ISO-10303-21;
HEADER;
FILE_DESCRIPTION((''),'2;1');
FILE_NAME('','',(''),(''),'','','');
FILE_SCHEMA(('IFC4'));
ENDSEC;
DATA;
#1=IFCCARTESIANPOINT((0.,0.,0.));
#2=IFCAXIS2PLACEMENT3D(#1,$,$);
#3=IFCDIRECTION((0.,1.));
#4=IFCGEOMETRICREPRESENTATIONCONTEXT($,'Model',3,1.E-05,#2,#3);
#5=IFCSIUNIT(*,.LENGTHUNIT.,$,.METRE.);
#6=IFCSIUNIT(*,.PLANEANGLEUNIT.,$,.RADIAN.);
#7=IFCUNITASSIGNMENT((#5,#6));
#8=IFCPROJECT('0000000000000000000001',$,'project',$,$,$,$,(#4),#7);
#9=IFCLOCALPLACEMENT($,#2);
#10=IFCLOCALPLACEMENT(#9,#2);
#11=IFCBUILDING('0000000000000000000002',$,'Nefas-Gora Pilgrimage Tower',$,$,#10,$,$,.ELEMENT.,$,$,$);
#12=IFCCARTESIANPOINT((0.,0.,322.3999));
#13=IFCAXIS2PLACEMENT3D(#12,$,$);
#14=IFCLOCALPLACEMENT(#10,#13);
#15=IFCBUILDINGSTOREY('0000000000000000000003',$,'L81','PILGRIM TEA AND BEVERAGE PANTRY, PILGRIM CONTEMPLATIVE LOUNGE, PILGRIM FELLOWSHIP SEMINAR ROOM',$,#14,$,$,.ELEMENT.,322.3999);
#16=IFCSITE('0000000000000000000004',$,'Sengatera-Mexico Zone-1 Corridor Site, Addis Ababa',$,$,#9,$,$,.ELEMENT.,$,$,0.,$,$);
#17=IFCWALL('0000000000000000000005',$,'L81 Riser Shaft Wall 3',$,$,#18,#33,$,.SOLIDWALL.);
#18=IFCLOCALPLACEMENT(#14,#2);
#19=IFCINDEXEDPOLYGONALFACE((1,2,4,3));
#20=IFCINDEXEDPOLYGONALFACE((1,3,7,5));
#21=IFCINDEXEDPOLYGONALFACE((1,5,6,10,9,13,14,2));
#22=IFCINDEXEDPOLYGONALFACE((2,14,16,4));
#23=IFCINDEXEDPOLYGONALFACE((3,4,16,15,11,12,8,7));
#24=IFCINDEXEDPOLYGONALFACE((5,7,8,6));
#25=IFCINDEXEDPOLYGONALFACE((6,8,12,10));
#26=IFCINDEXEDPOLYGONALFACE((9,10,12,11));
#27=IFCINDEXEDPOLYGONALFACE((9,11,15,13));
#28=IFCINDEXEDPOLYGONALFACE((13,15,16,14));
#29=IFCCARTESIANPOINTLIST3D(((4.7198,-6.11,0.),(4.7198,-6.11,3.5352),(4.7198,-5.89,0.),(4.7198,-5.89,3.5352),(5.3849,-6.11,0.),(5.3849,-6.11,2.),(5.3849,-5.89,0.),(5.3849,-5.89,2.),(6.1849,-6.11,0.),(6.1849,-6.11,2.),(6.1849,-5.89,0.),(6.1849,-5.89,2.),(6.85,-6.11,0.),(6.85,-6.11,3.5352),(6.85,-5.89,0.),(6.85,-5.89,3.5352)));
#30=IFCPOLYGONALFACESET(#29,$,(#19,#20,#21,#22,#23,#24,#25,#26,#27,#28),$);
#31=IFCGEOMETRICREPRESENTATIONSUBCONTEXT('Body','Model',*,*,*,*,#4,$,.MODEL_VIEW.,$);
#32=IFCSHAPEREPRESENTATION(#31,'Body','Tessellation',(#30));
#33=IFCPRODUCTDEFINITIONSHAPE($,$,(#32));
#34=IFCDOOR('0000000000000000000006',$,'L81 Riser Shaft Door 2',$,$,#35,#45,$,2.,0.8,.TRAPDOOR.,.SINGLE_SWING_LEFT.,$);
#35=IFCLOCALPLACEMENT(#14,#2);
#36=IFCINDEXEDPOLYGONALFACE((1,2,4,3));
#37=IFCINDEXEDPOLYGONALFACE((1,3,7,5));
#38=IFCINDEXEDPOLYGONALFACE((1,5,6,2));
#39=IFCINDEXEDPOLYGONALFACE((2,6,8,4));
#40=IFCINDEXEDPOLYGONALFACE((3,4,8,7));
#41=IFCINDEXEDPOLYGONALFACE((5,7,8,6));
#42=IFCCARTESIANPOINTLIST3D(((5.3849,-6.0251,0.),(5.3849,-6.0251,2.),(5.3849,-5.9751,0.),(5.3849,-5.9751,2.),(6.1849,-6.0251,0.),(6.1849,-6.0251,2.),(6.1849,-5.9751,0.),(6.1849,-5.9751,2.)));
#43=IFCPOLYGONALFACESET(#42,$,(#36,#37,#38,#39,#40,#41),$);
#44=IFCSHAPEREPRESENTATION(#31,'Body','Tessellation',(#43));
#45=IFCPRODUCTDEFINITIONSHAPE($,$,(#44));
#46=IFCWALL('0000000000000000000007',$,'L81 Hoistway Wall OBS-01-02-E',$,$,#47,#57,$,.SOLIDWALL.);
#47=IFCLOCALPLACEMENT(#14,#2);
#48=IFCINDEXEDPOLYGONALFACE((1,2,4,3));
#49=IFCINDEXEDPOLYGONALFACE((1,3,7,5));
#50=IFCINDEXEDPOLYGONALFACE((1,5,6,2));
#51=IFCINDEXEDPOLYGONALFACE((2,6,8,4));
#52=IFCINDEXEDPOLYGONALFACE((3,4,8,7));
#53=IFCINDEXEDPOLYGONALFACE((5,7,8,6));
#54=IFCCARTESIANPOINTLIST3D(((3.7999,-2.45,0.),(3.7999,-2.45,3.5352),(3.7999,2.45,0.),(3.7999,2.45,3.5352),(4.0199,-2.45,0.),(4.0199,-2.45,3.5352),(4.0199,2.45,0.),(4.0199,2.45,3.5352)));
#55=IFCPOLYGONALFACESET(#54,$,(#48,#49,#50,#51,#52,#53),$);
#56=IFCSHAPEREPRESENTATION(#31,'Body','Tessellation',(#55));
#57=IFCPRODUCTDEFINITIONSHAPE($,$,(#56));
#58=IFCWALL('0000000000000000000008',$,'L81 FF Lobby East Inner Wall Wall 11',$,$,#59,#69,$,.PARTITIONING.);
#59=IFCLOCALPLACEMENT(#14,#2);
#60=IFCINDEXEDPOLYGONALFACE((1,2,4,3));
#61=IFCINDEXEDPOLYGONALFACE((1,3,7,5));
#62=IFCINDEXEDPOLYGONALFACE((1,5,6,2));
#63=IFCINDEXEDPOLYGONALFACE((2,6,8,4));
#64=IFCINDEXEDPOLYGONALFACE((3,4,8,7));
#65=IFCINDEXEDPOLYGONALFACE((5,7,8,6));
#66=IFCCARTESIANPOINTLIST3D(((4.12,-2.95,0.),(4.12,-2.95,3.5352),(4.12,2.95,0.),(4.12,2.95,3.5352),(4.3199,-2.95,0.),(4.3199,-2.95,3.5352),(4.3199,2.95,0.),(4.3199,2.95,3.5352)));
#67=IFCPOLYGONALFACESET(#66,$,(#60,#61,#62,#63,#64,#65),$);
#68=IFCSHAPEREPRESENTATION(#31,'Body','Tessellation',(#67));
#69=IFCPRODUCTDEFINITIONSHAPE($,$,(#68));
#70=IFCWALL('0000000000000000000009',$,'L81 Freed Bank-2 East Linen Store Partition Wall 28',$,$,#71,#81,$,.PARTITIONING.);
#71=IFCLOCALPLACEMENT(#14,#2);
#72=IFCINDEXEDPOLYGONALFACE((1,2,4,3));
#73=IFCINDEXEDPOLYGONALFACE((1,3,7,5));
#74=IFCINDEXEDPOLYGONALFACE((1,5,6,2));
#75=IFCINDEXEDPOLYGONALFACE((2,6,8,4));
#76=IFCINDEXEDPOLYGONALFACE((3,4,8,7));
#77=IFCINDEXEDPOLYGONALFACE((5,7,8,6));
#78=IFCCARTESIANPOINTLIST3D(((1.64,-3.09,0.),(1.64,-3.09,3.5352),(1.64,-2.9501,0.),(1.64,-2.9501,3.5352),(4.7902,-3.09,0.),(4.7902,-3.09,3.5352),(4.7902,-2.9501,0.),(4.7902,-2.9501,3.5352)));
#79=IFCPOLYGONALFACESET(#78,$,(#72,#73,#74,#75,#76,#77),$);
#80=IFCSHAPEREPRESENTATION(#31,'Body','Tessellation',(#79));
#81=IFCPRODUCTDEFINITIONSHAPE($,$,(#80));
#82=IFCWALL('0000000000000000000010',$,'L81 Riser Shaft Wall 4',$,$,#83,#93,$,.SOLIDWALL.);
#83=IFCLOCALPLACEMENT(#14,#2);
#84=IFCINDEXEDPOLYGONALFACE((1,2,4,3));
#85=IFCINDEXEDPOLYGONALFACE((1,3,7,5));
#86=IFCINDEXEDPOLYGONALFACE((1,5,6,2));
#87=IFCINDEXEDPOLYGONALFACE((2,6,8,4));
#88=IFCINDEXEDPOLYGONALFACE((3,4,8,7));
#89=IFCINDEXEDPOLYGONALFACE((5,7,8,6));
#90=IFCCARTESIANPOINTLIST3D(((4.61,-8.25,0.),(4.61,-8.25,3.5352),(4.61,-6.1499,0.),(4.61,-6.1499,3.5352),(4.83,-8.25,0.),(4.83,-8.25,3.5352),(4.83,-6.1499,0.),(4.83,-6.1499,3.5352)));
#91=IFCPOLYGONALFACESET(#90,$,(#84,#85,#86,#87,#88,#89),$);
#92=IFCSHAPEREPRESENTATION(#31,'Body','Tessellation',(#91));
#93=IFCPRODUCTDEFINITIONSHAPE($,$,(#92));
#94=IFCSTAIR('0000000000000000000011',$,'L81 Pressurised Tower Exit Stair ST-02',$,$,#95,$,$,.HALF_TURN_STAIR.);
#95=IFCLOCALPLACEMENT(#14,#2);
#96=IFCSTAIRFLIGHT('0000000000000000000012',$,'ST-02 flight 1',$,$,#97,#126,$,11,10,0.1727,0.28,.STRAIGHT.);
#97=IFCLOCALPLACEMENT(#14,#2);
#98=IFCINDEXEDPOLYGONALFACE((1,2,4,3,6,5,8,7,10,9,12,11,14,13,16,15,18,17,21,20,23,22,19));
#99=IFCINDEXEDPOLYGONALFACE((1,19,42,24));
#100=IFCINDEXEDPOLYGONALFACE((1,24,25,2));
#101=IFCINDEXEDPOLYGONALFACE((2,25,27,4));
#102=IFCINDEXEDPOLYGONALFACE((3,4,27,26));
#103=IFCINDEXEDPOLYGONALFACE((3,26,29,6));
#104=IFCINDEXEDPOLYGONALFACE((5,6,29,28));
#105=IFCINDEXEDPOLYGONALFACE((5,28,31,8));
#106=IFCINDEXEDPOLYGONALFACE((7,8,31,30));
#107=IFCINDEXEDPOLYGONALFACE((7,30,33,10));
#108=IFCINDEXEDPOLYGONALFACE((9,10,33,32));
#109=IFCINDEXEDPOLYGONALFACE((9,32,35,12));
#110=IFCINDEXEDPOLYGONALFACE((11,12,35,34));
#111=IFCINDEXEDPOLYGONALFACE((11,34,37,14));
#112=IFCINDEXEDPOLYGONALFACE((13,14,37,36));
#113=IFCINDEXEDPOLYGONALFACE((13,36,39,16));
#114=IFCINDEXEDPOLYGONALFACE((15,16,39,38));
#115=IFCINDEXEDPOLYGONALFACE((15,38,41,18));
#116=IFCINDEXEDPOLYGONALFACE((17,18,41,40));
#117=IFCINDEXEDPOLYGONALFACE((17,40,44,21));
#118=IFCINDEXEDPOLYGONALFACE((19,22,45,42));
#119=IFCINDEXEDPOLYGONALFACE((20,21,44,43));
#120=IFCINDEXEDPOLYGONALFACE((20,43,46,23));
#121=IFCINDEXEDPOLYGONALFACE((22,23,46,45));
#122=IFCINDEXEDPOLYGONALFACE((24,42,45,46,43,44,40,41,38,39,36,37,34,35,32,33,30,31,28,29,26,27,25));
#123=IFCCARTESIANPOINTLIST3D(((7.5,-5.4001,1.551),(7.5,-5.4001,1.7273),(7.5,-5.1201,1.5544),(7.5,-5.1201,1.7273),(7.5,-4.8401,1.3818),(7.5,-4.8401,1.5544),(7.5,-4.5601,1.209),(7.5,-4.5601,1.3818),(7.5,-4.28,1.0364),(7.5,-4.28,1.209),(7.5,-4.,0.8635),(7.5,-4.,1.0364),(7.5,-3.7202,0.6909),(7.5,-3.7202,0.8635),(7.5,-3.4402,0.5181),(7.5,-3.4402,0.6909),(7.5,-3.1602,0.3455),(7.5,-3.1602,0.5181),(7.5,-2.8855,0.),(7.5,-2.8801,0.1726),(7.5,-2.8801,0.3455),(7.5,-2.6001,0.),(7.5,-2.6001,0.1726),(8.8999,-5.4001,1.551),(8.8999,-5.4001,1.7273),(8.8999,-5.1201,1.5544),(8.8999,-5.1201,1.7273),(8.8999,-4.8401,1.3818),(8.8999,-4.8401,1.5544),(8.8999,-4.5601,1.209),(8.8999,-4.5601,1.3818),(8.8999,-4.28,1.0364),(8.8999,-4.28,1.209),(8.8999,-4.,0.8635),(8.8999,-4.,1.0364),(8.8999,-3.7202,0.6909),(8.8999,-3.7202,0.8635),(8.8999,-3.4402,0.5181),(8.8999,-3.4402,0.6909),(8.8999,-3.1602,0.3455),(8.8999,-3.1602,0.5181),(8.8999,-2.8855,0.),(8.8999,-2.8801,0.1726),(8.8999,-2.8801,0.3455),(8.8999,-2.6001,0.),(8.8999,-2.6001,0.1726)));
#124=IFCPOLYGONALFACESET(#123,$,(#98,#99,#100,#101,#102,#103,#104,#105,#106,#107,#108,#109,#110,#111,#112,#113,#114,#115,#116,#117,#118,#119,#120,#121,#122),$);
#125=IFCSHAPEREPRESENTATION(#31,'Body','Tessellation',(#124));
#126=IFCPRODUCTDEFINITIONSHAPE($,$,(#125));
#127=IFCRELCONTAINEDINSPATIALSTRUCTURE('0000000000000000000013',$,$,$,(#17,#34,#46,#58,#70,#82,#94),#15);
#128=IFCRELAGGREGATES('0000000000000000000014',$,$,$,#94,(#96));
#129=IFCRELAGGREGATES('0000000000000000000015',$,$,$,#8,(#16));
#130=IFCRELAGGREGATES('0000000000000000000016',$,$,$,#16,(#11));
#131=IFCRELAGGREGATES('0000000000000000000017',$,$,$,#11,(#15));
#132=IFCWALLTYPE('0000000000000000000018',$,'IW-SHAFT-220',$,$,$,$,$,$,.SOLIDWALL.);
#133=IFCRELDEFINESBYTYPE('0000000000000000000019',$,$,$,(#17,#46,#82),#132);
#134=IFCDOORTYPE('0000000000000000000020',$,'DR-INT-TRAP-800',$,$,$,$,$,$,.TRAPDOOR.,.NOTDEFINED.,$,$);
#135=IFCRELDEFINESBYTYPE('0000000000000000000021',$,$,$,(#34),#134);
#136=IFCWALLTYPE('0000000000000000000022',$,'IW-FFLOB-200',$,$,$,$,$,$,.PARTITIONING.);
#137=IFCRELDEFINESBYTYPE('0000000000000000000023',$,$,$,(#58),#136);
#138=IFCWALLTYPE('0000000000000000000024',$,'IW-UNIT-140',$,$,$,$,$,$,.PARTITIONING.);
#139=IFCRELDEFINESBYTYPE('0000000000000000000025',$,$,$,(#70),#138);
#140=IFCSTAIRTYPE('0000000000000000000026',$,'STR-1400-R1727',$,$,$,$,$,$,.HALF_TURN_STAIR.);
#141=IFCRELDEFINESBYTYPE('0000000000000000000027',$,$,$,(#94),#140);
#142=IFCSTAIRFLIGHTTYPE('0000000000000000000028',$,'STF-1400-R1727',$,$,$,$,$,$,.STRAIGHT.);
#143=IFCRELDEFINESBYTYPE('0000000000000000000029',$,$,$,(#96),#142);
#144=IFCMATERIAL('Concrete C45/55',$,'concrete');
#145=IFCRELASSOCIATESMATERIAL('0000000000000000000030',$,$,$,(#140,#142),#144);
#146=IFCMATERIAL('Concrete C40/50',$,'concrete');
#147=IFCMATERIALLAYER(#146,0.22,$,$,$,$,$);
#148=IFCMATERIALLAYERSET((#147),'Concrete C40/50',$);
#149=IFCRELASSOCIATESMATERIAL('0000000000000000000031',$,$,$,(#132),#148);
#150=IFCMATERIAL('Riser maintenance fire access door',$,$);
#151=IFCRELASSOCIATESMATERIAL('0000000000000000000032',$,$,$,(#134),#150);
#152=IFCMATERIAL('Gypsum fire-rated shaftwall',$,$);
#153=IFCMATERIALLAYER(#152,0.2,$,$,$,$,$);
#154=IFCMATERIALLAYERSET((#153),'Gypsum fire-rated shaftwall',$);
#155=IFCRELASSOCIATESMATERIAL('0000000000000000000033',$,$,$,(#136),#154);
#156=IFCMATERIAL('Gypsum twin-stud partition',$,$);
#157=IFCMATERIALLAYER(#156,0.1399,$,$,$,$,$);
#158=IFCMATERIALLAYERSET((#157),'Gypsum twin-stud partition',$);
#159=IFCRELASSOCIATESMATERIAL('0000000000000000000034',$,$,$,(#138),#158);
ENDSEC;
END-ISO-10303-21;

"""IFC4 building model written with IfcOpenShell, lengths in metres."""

from ifc_helpers import new_model, si_unit, direction, frame, frame_2d, origin, place, context, subcontext, project, spatial, polyline, rectangle, outline, extrude, source, transform, mapped, material, layer, layer_set, type_object, element, fill, aggregate, save


model = new_model("IFC4")

# Units and contexts
model_context = context("Model", 3, precision=1e-05, world=origin(), true_north=direction((0.0, 1.0)))
body_context = subcontext(model_context, "Body", "Model", "MODEL_VIEW")
ifc_project = project(units=[si_unit("LENGTHUNIT", "METRE"), si_unit("PLANEANGLEUNIT", "RADIAN")], contexts=[model_context])

# Site, building, storey
site_placement = place(None, origin())
site = spatial("IfcSite", under=ifc_project, at=site_placement, Name="Sengatera-Mexico Zone-1 Corridor Site, Addis Ababa", CompositionType="ELEMENT", RefElevation=0.0)
building_placement = place(site_placement, origin())
building = spatial("IfcBuilding", under=site, at=building_placement, Name="Nefas-Gora Pilgrimage Tower", CompositionType="ELEMENT")
storey_placement = place(building_placement, frame((0.0, 0.0, 322.3999)))
storey = spatial("IfcBuildingStorey", under=building, at=storey_placement, Name="L81", Description="PILGRIM TEA AND BEVERAGE PANTRY, PILGRIM CONTEMPLATIVE LOUNGE, PILGRIM FELLOWSHIP SEMINAR ROOM", CompositionType="ELEMENT", Elevation=322.3999)

# Shared definitions
ifc_material_1 = material(Name="Concrete C40/50", Category="concrete")

# Shared definitions
ifc_material_2 = material(Name="Concrete C45/55", Category="concrete")
stair_type = type_object("IfcStairType", Name="STR-1400-R1727", PredefinedType="HALF_TURN_STAIR", material=ifc_material_2)

# Shared definitions
ifc_layer_1 = layer(ifc_material_1, 0.22)
ifc_layer_set_1 = layer_set([ifc_layer_1], Name="Concrete C40/50")
wall_type_1 = type_object("IfcWallType", Name="IW-SHAFT-220", PredefinedType="SOLIDWALL", material=ifc_layer_set_1)

# Shared definitions
shared_shape_1 = source(origin(), body_context, "Body", "SweptSolid", [
    extrude(rectangle(XDim=2.1301, YDim=0.22, at=frame_2d((1.0649, 0.0))), origin(), (0.0, 0.0, 1.0), 3.5352),
])

# Wall, opening, door
wall_1_placement = place(storey_placement, frame((4.72, -6.0, 0.0), z_axis=(0.0, 0.0, 1.0), x_axis=(1.0, 0.0, 0.0)))
wall_1 = element("IfcWall", 1, at=wall_1_placement, inside=storey, type_object=wall_type_1, Name="L81 Riser Shaft Wall 3", PredefinedType="SOLIDWALL", context=body_context, shape_type="MappedRepresentation", body=[
    mapped(shared_shape_1, transform((0.0, 0.0, 0.0), x_axis=(1.0, 0.0, 0.0), y_axis=(0.0, 1.0, 0.0), z_axis=(0.0, 0.0, 1.0), scale=1.0)),
])
opening_1_placement = place(wall_1_placement, frame((0.665, 0.0, 0.0)))
opening_1 = element("IfcOpeningElement", 2, at=opening_1_placement, cuts=wall_1, PredefinedType="OPENING", context=body_context, shape_type="SweptSolid", body=[
    extrude(rectangle(XDim=0.8, YDim=2.0, at=frame_2d((0.3999, 1.0))), frame((0.0, 0.1199, 0.0), z_axis=(0.0, -1.0, 0.0), x_axis=(1.0, 0.0, 0.0)), (0.0, 0.0, 1.0), 0.24),
])
ifc_material_3 = material(Name="Riser maintenance fire access door")
door_type_1 = type_object("IfcDoorType", Name="DR-INT-TRAP-800", OperationType="NOTDEFINED", PredefinedType="TRAPDOOR", material=ifc_material_3)
shared_shape_2 = source(origin(), body_context, "Body", "SweptSolid", [
    extrude(rectangle(XDim=0.8, YDim=2.0, at=frame_2d((0.3999, 1.0))), frame((0.0, 0.0249, 0.0), z_axis=(0.0, -1.0, 0.0), x_axis=(1.0, 0.0, 0.0)), (0.0, 0.0, 1.0), 0.05),
])
door_1_placement = place(opening_1_placement, origin())
door_1 = element("IfcDoor", 3, at=door_1_placement, inside=storey, type_object=door_type_1, Name="L81 Riser Shaft Door 2", OperationType="SINGLE_SWING_LEFT", OverallHeight=2.0, OverallWidth=0.8, PredefinedType="TRAPDOOR", context=body_context, shape_type="MappedRepresentation", body=[
    mapped(shared_shape_2, transform((0.0, 0.0, 0.0), x_axis=(1.0, 0.0, 0.0), y_axis=(0.0, 1.0, 0.0), z_axis=(0.0, 0.0, 1.0), scale=1.0)),
])
fill(opening_1, door_1)

# Walls
shared_shape_3 = source(origin(), body_context, "Body", "SweptSolid", [
    extrude(rectangle(XDim=4.8999, YDim=0.22, at=frame_2d((2.45, 0.0))), origin(), (0.0, 0.0, 1.0), 3.5352),
])
wall_2_placement = place(storey_placement, frame((3.9099, -2.45, 0.0), z_axis=(0.0, 0.0, 1.0), x_axis=(0.0, 1.0, 0.0)))
element("IfcWall", 4, at=wall_2_placement, inside=storey, type_object=wall_type_1, Name="L81 Hoistway Wall OBS-01-02-E", PredefinedType="SOLIDWALL", context=body_context, shape_type="MappedRepresentation", body=[
    mapped(shared_shape_3, transform((0.0, 0.0, 0.0), x_axis=(1.0, 0.0, 0.0), y_axis=(0.0, 1.0, 0.0), z_axis=(0.0, 0.0, 1.0), scale=1.0)),
])
ifc_material_4 = material(Name="Gypsum fire-rated shaftwall")
ifc_layer_2 = layer(ifc_material_4, 0.2)
ifc_layer_set_2 = layer_set([ifc_layer_2], Name="Gypsum fire-rated shaftwall")
wall_type_2 = type_object("IfcWallType", Name="IW-FFLOB-200", PredefinedType="PARTITIONING", material=ifc_layer_set_2)
shared_shape_4 = source(origin(), body_context, "Body", "SweptSolid", [
    extrude(rectangle(XDim=5.8999, YDim=0.2, at=frame_2d((2.95, 0.0))), origin(), (0.0, 0.0, 1.0), 3.5352),
])
wall_3_placement = place(storey_placement, frame((4.22, -2.95, 0.0), z_axis=(0.0, 0.0, 1.0), x_axis=(0.0, 1.0, 0.0)))
element("IfcWall", 5, at=wall_3_placement, inside=storey, type_object=wall_type_2, Name="L81 FF Lobby East Inner Wall Wall 11", PredefinedType="PARTITIONING", context=body_context, shape_type="MappedRepresentation", body=[
    mapped(shared_shape_4, transform((0.0, 0.0, 0.0), x_axis=(1.0, 0.0, 0.0), y_axis=(0.0, 1.0, 0.0), z_axis=(0.0, 0.0, 1.0), scale=1.0)),
])
ifc_material_5 = material(Name="Gypsum twin-stud partition")
ifc_layer_3 = layer(ifc_material_5, 0.1399)
ifc_layer_set_3 = layer_set([ifc_layer_3], Name="Gypsum twin-stud partition")
wall_type_3 = type_object("IfcWallType", Name="IW-UNIT-140", PredefinedType="PARTITIONING", material=ifc_layer_set_3)
shared_shape_5 = source(origin(), body_context, "Body", "SweptSolid", [
    extrude(rectangle(XDim=3.1501, YDim=0.1399, at=frame_2d((1.5752, 0.0))), origin(), (0.0, 0.0, 1.0), 3.5352),
])
wall_4_placement = place(storey_placement, frame((1.6399, -3.02, 0.0), z_axis=(0.0, 0.0, 1.0), x_axis=(1.0, 0.0, 0.0)))
element("IfcWall", 6, at=wall_4_placement, inside=storey, type_object=wall_type_3, Name="L81 Freed Bank-2 East Linen Store Partition Wall 28", PredefinedType="PARTITIONING", context=body_context, shape_type="MappedRepresentation", body=[
    mapped(shared_shape_5, transform((0.0, 0.0, 0.0), x_axis=(1.0, 0.0, 0.0), y_axis=(0.0, 1.0, 0.0), z_axis=(0.0, 0.0, 1.0), scale=1.0)),
])
shared_shape_6 = source(origin(), body_context, "Body", "SweptSolid", [
    extrude(rectangle(XDim=2.1001, YDim=0.22, at=frame_2d((1.05, 0.0))), origin(), (0.0, 0.0, 1.0), 3.5352),
])
wall_5_placement = place(storey_placement, frame((4.72, -8.25, 0.0), z_axis=(0.0, 0.0, 1.0), x_axis=(0.0, 1.0, 0.0)))
element("IfcWall", 7, at=wall_5_placement, inside=storey, type_object=wall_type_1, Name="L81 Riser Shaft Wall 4", PredefinedType="SOLIDWALL", context=body_context, shape_type="MappedRepresentation", body=[
    mapped(shared_shape_6, transform((0.0, 0.0, 0.0), x_axis=(1.0, 0.0, 0.0), y_axis=(0.0, 1.0, 0.0), z_axis=(0.0, 0.0, 1.0), scale=1.0)),
])

# Stair, stair flight
stair_1_placement = place(storey_placement, origin())
stair_1 = element("IfcStair", 8, at=stair_1_placement, inside=storey, type_object=stair_type, Name="L81 Pressurised Tower Exit Stair ST-02", PredefinedType="HALF_TURN_STAIR")
stair_flight_type = type_object("IfcStairFlightType", Name="STF-1400-R1727", PredefinedType="STRAIGHT", material=ifc_material_2)
shared_shape_7 = source(origin(), body_context, "Body", "SweptSolid", [
    extrude(outline(polyline([(0.0, 0.0), (0.0, 0.1726), (0.28, 0.1726), (0.28, 0.3455), (0.5601, 0.3455), (0.5601, 0.5181), (0.8401, 0.5181), (0.8401, 0.6909), (1.1201, 0.6909), (1.1201, 0.8635), (1.3999, 0.8635), (1.3999, 1.0364), (1.6799, 1.0364), (1.6799, 1.209), (1.96, 1.209), (1.96, 1.3818), (2.24, 1.3818), (2.24, 1.5544), (2.52, 1.5544), (2.52, 1.7273), (2.8, 1.7273), (2.8, 1.8999), (2.8, 1.551), (0.2854, 0.0), (0.0, 0.0)])), frame((0.0, 0.7, 0.0), z_axis=(0.0, -1.0, 0.0), x_axis=(1.0, 0.0, 0.0)), (0.0, 0.0, 1.0), 1.3999),
])
stair_flight_placement = place(storey_placement, frame((8.2, -2.6001, 0.0), z_axis=(0.0, 0.0, 1.0), x_axis=(0.0, -1.0, 0.0)))
stair_flight = element("IfcStairFlight", 9, at=stair_flight_placement, type_object=stair_flight_type, Name="ST-02 flight 1", NumberOfRisers=11, NumberOfTreads=10, PredefinedType="STRAIGHT", RiserHeight=0.1727, TreadLength=0.28, context=body_context, shape_type="MappedRepresentation", body=[
    mapped(shared_shape_7, transform((0.0, 0.0, 0.0), x_axis=(1.0, 0.0, 0.0), y_axis=(0.0, 1.0, 0.0), z_axis=(0.0, 0.0, 1.0), scale=1.0)),
])
aggregate(stair_1, [stair_flight])

save(model, "model.ifc")
